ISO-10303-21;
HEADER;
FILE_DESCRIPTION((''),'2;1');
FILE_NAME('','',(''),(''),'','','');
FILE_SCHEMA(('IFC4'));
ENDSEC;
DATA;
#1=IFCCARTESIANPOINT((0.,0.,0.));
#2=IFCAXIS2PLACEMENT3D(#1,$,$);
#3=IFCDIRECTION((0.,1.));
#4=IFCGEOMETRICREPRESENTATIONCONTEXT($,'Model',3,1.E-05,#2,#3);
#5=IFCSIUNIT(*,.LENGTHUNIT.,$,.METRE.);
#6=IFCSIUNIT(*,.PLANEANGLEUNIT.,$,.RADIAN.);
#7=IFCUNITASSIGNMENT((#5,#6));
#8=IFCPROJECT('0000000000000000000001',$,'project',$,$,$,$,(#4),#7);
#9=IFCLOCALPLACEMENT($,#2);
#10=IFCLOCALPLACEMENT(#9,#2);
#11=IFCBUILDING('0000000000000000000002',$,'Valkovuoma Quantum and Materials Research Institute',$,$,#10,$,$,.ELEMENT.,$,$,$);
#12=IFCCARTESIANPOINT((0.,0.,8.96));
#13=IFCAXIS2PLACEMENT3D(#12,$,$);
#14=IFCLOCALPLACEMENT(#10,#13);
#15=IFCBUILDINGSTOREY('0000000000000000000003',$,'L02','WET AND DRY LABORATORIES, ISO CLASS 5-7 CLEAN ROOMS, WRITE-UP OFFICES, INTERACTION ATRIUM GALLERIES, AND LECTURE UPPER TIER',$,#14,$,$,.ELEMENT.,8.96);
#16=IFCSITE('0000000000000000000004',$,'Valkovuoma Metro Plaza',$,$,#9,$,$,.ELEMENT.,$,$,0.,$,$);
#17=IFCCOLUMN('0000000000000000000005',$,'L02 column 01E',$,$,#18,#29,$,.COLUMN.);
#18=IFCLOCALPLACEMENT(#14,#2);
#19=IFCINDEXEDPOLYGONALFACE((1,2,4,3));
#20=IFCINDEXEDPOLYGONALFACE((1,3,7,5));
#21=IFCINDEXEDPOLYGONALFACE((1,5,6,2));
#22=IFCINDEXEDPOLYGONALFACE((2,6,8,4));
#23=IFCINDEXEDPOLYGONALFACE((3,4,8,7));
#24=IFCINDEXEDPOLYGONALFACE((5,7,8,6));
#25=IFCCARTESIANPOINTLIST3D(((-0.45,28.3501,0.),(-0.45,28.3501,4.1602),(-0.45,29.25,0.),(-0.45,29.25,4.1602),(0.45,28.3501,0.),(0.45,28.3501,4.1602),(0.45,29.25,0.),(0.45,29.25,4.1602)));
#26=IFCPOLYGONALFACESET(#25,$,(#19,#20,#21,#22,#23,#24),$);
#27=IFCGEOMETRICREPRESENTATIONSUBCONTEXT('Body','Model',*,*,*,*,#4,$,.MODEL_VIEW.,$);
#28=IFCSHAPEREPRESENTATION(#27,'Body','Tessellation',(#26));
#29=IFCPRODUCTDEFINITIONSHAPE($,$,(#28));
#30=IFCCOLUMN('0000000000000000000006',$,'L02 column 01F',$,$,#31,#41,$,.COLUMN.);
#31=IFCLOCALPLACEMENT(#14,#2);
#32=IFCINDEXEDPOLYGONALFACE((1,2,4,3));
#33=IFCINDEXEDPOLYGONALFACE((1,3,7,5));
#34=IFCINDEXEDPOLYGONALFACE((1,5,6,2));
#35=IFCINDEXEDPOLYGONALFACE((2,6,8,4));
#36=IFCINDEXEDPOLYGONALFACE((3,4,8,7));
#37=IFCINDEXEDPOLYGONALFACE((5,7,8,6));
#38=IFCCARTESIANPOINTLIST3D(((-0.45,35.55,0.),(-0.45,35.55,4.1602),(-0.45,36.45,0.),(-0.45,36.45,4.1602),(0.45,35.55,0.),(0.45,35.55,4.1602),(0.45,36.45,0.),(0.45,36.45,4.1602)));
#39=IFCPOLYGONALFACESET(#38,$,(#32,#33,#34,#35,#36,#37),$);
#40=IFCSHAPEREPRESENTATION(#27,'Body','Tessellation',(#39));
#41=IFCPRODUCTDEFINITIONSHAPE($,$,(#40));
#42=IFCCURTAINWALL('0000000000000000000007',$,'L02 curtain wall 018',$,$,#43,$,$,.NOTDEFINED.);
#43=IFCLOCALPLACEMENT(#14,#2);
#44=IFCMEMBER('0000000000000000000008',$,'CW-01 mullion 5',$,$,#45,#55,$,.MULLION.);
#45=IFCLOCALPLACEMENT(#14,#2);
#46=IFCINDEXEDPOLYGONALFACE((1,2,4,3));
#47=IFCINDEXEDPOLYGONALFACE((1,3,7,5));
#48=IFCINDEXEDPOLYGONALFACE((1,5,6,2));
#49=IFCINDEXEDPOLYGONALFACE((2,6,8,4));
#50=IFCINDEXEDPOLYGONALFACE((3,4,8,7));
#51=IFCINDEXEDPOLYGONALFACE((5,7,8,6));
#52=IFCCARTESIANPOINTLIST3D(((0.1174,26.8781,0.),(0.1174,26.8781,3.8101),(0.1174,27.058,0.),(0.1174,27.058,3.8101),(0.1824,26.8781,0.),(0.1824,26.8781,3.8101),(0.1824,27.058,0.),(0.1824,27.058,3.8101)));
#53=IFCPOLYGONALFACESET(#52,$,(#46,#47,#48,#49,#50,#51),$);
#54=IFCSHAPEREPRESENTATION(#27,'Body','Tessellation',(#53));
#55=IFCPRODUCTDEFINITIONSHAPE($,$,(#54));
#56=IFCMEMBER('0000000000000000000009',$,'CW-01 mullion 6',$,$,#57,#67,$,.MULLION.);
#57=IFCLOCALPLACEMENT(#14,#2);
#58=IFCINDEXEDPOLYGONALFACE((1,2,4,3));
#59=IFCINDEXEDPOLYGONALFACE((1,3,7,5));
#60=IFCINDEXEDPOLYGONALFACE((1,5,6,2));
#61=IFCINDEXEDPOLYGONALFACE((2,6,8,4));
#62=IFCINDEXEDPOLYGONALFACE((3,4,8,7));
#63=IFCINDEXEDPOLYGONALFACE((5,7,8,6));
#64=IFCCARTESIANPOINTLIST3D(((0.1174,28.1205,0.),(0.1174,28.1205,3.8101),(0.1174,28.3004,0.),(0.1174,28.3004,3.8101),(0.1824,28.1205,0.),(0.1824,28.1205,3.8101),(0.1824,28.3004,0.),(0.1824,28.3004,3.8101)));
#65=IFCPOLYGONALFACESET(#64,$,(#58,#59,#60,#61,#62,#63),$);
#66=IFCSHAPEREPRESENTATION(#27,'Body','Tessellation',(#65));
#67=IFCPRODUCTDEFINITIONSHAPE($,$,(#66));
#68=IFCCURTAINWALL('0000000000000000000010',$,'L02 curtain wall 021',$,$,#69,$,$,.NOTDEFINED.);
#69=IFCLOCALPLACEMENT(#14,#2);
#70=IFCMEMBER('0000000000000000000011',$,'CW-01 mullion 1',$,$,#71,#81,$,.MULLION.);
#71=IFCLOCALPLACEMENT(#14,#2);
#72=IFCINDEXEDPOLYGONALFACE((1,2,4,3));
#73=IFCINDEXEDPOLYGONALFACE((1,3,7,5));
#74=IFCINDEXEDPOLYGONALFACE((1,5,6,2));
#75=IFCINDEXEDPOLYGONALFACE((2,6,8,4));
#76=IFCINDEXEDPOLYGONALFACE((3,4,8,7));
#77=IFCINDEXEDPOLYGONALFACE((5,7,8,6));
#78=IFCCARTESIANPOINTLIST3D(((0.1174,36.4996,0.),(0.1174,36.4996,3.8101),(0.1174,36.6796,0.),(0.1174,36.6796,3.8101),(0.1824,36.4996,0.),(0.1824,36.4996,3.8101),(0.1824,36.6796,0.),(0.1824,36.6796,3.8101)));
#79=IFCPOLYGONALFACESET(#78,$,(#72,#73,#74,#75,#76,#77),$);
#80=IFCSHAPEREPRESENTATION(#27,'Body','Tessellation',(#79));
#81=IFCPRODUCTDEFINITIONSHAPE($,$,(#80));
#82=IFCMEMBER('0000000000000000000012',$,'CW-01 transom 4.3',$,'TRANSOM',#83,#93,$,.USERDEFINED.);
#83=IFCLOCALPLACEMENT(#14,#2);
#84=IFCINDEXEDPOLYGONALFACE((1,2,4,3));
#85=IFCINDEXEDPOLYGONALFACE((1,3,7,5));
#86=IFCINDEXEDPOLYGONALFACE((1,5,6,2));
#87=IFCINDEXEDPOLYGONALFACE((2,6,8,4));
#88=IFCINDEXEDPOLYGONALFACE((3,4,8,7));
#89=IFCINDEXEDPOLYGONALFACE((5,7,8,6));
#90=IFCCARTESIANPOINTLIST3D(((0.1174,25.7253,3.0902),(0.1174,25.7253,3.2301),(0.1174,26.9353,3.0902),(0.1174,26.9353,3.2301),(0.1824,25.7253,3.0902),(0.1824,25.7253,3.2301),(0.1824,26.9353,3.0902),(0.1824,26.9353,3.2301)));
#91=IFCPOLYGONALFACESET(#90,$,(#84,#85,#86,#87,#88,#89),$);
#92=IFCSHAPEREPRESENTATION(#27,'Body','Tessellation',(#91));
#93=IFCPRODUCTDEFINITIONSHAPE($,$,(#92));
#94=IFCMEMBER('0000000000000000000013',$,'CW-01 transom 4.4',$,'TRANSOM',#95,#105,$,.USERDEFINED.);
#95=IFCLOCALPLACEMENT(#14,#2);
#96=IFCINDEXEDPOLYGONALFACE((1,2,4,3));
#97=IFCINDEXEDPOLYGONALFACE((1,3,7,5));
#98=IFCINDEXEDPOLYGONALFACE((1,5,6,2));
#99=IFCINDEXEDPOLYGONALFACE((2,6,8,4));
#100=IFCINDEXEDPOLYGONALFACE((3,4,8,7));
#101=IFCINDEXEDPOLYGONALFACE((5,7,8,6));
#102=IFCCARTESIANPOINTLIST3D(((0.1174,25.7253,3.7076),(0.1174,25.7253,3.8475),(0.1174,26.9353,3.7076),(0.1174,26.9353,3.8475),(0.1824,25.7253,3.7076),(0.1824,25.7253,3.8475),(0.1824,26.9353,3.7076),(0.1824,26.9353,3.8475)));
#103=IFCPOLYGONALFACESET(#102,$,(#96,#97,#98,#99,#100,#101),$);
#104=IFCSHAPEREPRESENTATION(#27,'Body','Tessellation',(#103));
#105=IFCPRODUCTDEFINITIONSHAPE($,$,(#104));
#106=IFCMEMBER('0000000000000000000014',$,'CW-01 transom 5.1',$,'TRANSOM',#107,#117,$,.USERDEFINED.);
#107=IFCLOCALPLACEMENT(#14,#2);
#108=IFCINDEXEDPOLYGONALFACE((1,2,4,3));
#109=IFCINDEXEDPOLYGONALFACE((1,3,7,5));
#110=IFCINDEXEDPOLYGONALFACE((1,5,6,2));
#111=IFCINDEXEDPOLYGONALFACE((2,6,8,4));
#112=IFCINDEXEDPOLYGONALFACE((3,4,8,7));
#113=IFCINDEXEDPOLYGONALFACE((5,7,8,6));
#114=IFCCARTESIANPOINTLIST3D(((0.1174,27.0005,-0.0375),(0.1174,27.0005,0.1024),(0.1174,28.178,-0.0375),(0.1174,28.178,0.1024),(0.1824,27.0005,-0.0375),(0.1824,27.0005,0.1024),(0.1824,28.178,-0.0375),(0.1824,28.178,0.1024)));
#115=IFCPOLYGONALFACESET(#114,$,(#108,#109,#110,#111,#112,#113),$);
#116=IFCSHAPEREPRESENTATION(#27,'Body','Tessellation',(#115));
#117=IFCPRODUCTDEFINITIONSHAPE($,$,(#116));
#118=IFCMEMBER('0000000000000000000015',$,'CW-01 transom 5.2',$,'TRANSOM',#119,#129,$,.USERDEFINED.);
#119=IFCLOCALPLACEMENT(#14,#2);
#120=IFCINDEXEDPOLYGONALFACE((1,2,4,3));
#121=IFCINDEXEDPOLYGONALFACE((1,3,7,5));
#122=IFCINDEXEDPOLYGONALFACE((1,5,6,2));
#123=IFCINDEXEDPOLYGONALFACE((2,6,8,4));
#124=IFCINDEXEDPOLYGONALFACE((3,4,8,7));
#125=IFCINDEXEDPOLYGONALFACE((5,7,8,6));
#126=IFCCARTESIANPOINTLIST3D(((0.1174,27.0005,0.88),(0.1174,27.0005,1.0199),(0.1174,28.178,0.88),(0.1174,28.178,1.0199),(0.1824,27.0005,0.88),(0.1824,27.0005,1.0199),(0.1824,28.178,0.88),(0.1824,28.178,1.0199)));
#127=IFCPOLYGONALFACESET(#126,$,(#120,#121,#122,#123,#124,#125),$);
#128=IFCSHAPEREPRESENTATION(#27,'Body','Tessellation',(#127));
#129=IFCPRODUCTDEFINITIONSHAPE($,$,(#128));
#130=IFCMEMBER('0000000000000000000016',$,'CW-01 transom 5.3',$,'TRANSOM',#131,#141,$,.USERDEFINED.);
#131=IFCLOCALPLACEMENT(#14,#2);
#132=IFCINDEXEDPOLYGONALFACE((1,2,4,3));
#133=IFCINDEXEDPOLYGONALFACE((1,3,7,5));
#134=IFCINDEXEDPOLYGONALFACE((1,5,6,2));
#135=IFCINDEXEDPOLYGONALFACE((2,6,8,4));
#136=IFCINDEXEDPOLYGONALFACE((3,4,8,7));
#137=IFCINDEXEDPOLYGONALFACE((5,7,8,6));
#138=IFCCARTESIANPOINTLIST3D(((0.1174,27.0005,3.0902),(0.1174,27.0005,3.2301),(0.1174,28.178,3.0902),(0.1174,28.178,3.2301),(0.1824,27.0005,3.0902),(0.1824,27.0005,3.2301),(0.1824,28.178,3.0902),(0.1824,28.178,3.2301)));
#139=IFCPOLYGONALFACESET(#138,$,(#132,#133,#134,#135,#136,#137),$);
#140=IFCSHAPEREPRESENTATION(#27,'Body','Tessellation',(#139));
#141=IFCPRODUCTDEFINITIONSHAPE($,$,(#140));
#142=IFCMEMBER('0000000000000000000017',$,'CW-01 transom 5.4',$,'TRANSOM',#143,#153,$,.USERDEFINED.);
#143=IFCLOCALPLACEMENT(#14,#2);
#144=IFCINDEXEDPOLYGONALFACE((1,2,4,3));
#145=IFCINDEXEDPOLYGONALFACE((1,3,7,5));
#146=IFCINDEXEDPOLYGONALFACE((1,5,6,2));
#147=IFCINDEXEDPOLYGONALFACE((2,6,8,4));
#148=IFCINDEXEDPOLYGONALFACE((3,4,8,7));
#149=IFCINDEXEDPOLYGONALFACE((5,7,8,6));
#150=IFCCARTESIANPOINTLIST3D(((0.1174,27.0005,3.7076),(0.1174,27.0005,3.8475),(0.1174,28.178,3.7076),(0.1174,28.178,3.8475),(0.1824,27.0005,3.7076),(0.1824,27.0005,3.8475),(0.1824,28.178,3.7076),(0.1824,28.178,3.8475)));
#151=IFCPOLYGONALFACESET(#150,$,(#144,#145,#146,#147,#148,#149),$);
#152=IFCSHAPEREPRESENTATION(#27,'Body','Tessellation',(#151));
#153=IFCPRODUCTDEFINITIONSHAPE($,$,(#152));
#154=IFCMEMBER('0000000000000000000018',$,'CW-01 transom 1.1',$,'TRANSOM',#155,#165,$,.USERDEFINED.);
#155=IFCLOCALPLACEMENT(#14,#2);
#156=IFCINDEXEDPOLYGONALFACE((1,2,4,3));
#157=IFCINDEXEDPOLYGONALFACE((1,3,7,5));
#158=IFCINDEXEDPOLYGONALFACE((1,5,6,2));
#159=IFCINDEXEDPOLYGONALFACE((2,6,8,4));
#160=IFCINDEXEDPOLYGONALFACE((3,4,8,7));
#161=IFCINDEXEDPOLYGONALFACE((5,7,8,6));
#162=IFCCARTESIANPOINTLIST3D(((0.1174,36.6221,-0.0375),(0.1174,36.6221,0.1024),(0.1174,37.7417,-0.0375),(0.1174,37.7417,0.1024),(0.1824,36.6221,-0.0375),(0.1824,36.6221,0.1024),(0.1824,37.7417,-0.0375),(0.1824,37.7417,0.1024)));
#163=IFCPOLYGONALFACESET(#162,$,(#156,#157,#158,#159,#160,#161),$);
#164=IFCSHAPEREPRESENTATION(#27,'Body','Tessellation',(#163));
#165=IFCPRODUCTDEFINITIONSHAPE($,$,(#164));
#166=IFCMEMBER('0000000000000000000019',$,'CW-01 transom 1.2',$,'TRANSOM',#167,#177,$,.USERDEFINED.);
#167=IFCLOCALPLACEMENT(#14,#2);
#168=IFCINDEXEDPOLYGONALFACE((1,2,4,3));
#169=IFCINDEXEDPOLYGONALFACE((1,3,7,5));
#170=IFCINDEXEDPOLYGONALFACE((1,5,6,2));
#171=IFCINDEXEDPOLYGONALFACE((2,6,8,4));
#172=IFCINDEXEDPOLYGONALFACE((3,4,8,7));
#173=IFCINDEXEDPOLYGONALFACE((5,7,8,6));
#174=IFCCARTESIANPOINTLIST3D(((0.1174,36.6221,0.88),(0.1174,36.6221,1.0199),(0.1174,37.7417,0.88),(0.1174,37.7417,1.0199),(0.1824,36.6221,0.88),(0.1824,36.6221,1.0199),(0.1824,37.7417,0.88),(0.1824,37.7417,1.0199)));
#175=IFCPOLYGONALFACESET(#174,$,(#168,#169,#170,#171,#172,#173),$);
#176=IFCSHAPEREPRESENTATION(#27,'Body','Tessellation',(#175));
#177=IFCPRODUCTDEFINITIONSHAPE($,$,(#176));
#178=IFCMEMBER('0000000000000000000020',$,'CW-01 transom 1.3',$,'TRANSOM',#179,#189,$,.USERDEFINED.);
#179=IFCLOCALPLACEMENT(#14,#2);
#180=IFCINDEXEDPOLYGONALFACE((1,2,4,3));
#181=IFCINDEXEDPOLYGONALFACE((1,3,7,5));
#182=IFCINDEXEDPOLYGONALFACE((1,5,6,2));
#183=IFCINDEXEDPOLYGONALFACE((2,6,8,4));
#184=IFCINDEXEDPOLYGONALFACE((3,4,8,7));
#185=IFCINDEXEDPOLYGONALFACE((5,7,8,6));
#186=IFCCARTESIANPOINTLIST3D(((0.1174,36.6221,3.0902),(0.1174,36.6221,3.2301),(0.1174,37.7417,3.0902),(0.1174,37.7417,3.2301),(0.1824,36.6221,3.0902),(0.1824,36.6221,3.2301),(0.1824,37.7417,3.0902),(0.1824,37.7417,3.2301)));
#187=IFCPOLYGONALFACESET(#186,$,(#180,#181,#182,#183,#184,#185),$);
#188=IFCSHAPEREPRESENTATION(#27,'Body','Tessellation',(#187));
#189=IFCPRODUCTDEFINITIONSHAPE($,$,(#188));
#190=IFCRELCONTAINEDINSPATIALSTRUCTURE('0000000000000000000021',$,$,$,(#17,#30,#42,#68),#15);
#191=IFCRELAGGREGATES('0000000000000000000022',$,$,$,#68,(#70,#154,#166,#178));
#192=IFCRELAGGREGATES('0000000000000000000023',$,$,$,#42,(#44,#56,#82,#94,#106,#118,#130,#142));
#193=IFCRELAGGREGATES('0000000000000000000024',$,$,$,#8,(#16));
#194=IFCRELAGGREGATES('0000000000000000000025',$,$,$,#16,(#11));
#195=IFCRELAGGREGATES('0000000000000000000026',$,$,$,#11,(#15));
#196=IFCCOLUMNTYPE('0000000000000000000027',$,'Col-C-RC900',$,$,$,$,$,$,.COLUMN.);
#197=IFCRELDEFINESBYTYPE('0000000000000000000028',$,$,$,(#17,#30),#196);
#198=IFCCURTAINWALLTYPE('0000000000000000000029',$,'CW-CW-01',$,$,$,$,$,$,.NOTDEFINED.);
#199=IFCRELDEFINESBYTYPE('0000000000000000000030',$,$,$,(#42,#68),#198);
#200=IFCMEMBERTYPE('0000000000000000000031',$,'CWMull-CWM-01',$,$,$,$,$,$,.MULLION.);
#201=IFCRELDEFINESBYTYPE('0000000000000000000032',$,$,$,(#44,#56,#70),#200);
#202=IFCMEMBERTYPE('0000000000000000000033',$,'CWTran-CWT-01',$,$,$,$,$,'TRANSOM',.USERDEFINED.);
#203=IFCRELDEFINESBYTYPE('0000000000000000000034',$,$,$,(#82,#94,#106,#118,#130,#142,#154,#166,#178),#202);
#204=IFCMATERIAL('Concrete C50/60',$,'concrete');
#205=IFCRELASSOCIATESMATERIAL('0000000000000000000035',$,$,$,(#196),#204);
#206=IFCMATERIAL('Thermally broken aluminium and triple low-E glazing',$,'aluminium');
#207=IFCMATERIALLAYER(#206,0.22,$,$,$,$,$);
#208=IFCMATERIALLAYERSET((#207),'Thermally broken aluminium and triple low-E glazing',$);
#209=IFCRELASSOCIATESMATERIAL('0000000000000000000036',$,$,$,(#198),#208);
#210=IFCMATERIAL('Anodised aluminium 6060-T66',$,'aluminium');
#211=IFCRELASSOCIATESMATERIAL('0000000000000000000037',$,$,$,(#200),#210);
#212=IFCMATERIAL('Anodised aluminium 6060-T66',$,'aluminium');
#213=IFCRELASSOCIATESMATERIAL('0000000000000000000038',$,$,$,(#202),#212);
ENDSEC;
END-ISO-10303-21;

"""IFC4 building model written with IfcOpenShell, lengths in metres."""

from ifc_helpers import new_model, si_unit, direction, frame, origin, origin_2d, place, context, subcontext, project, spatial, rectangle, extrude, material, layer, layer_set, material_profile, profile_set, type_object, element, aggregate, save


model = new_model("IFC4")

# Units and contexts
model_context = context("Model", 3, precision=1e-05, world=origin(), true_north=direction((0.0, 1.0)))
body_context = subcontext(model_context, "Body", "Model", "MODEL_VIEW")
ifc_project = project(units=[si_unit("LENGTHUNIT", "METRE"), si_unit("PLANEANGLEUNIT", "RADIAN")], contexts=[model_context])

# Site, building, storey
site_placement = place(None, origin())
site = spatial("IfcSite", under=ifc_project, at=site_placement, Name="Valkovuoma Metro Plaza", CompositionType="ELEMENT", RefElevation=0.0)
building_placement = place(site_placement, origin())
building = spatial("IfcBuilding", under=site, at=building_placement, Name="Valkovuoma Quantum and Materials Research Institute", CompositionType="ELEMENT")
storey_placement = place(building_placement, frame((0.0, 0.0, 8.96)))
storey = spatial("IfcBuildingStorey", under=building, at=storey_placement, Name="L02", Description="WET AND DRY LABORATORIES, ISO CLASS 5-7 CLEAN ROOMS, WRITE-UP OFFICES, INTERACTION ATRIUM GALLERIES, AND LECTURE UPPER TIER", CompositionType="ELEMENT", Elevation=8.96)

# Columns
ifc_material_1 = material(Name="Concrete C50/60", Category="concrete")
ifc_material_profile_1 = material_profile(ifc_material_1, rectangle(XDim=0.8999, YDim=0.8999, at=origin_2d()), Name="Concrete C50/60")
ifc_profile_set_1 = profile_set([ifc_material_profile_1], Name="Concrete C50/60")
column_type = type_object("IfcColumnType", Name="Col-C-RC900", PredefinedType="COLUMN", material=ifc_profile_set_1)
for number, where, z_axis, x_axis, name in (
    (1, (0.0, 28.8, 0.0), (0.0, 0.0, 1.0), (1.0, 0.0, 0.0), "L02 column 01E"),
    (2, (0.0, 36.0, 0.0), (0.0, 0.0, 1.0), (1.0, 0.0, 0.0), "L02 column 01F"),
):
    element("IfcColumn", number, at=place(storey_placement, frame(where, z_axis=z_axis, x_axis=x_axis)), inside=storey, type_object=column_type, Name=name, PredefinedType="COLUMN", context=body_context, shape_type="SweptSolid", body=[
        extrude(rectangle(XDim=0.8999, YDim=0.8999, at=origin_2d()), origin(), (0.0, 0.0, 1.0), 4.1602),
    ])

# Curtain wall, members
ifc_material_2 = material(Name="Thermally broken aluminium and triple low-E glazing", Category="aluminium")
ifc_layer_1 = layer(ifc_material_2, 0.22)
ifc_layer_set_1 = layer_set([ifc_layer_1], Name="Thermally broken aluminium and triple low-E glazing")
curtain_wall_type = type_object("IfcCurtainWallType", Name="CW-CW-01", PredefinedType="NOTDEFINED", material=ifc_layer_set_1)
curtain_wall_1_placement = place(storey_placement, origin())
curtain_wall_1 = element("IfcCurtainWall", 3, at=curtain_wall_1_placement, inside=storey, type_object=curtain_wall_type, Name="L02 curtain wall 018", PredefinedType="NOTDEFINED")
ifc_material_3 = material(Name="Anodised aluminium 6060-T66", Category="aluminium")
ifc_material_profile_2 = material_profile(ifc_material_3, rectangle(XDim=0.0649, YDim=0.1799, at=origin_2d()), Name="Anodised aluminium 6060-T66")
ifc_profile_set_2 = profile_set([ifc_material_profile_2], Name="Anodised aluminium 6060-T66")
member_type_1 = type_object("IfcMemberType", Name="CWMull-CWM-01", PredefinedType="MULLION", material=ifc_profile_set_2)
member_1_placement = place(storey_placement, frame((0.1499, 26.968, 0.0), z_axis=(0.0, 0.0, 1.0), x_axis=(-1.0, 0.0, 0.0)))
member_1 = element("IfcMember", 4, at=member_1_placement, type_object=member_type_1, Name="CW-01 mullion 5", PredefinedType="MULLION", context=body_context, shape_type="SweptSolid", body=[
    extrude(rectangle(XDim=0.0649, YDim=0.1799, at=origin_2d()), origin(), (0.0, 0.0, 1.0), 3.8101),
])
member_2_placement = place(storey_placement, frame((0.1499, 28.2104, 0.0), z_axis=(0.0, 0.0, 1.0), x_axis=(-1.0, 0.0, 0.0)))
member_2 = element("IfcMember", 5, at=member_2_placement, type_object=member_type_1, Name="CW-01 mullion 6", PredefinedType="MULLION", context=body_context, shape_type="SweptSolid", body=[
    extrude(rectangle(XDim=0.0649, YDim=0.1799, at=origin_2d()), origin(), (0.0, 0.0, 1.0), 3.8101),
])

# Curtain wall, member
curtain_wall_2_placement = place(storey_placement, origin())
curtain_wall_2 = element("IfcCurtainWall", 6, at=curtain_wall_2_placement, inside=storey, type_object=curtain_wall_type, Name="L02 curtain wall 021", PredefinedType="NOTDEFINED")
member_3_placement = place(storey_placement, frame((0.1499, 36.5896, 0.0), z_axis=(0.0, 0.0, 1.0), x_axis=(-1.0, 0.0, 0.0)))
member_3 = element("IfcMember", 7, at=member_3_placement, type_object=member_type_1, Name="CW-01 mullion 1", PredefinedType="MULLION", context=body_context, shape_type="SweptSolid", body=[
    extrude(rectangle(XDim=0.0649, YDim=0.1799, at=origin_2d()), origin(), (0.0, 0.0, 1.0), 3.8101),
])

# Members
ifc_material_4 = material(Name="Anodised aluminium 6060-T66", Category="aluminium")
ifc_material_profile_3 = material_profile(ifc_material_4, rectangle(XDim=0.0649, YDim=0.1399, at=origin_2d()), Name="Anodised aluminium 6060-T66")
ifc_profile_set_3 = profile_set([ifc_material_profile_3], Name="Anodised aluminium 6060-T66")
member_type_2 = type_object("IfcMemberType", Name="CWTran-CWT-01", ElementType="TRANSOM", PredefinedType="USERDEFINED", material=ifc_profile_set_3)
member_4_placement = place(storey_placement, frame((0.1499, 25.7253, 3.1602), z_axis=(0.0, 1.0, 0.0), x_axis=(-1.0, 0.0, 0.0)))
member_4 = element("IfcMember", 8, at=member_4_placement, type_object=member_type_2, Name="CW-01 transom 4.3", ObjectType="TRANSOM", PredefinedType="USERDEFINED", context=body_context, shape_type="SweptSolid", body=[
    extrude(rectangle(XDim=0.0649, YDim=0.1399, at=origin_2d()), origin(), (0.0, 0.0, 1.0), 1.21),
])
member_5_placement = place(storey_placement, frame((0.1499, 25.7253, 3.7776), z_axis=(0.0, 1.0, 0.0), x_axis=(-1.0, 0.0, 0.0)))
member_5 = element("IfcMember", 9, at=member_5_placement, type_object=member_type_2, Name="CW-01 transom 4.4", ObjectType="TRANSOM", PredefinedType="USERDEFINED", context=body_context, shape_type="SweptSolid", body=[
    extrude(rectangle(XDim=0.0649, YDim=0.1399, at=origin_2d()), origin(), (0.0, 0.0, 1.0), 1.21),
])
member_6_placement = place(storey_placement, frame((0.1499, 27.0005, 0.0325), z_axis=(0.0, 1.0, 0.0), x_axis=(-1.0, 0.0, 0.0)))
member_6 = element("IfcMember", 10, at=member_6_placement, type_object=member_type_2, Name="CW-01 transom 5.1", ObjectType="TRANSOM", PredefinedType="USERDEFINED", context=body_context, shape_type="SweptSolid", body=[
    extrude(rectangle(XDim=0.0649, YDim=0.1399, at=origin_2d()), origin(), (0.0, 0.0, 1.0), 1.1775),
])
member_7_placement = place(storey_placement, frame((0.1499, 27.0005, 0.95), z_axis=(0.0, 1.0, 0.0), x_axis=(-1.0, 0.0, 0.0)))
member_7 = element("IfcMember", 11, at=member_7_placement, type_object=member_type_2, Name="CW-01 transom 5.2", ObjectType="TRANSOM", PredefinedType="USERDEFINED", context=body_context, shape_type="SweptSolid", body=[
    extrude(rectangle(XDim=0.0649, YDim=0.1399, at=origin_2d()), origin(), (0.0, 0.0, 1.0), 1.1775),
])
member_8_placement = place(storey_placement, frame((0.1499, 27.0005, 3.1602), z_axis=(0.0, 1.0, 0.0), x_axis=(-1.0, 0.0, 0.0)))
member_8 = element("IfcMember", 12, at=member_8_placement, type_object=member_type_2, Name="CW-01 transom 5.3", ObjectType="TRANSOM", PredefinedType="USERDEFINED", context=body_context, shape_type="SweptSolid", body=[
    extrude(rectangle(XDim=0.0649, YDim=0.1399, at=origin_2d()), origin(), (0.0, 0.0, 1.0), 1.1775),
])
member_9_placement = place(storey_placement, frame((0.1499, 27.0005, 3.7776), z_axis=(0.0, 1.0, 0.0), x_axis=(-1.0, 0.0, 0.0)))
member_9 = element("IfcMember", 13, at=member_9_placement, type_object=member_type_2, Name="CW-01 transom 5.4", ObjectType="TRANSOM", PredefinedType="USERDEFINED", context=body_context, shape_type="SweptSolid", body=[
    extrude(rectangle(XDim=0.0649, YDim=0.1399, at=origin_2d()), origin(), (0.0, 0.0, 1.0), 1.1775),
])
member_10_placement = place(storey_placement, frame((0.1499, 36.6221, 0.0325), z_axis=(0.0, 1.0, 0.0), x_axis=(-1.0, 0.0, 0.0)))
member_10 = element("IfcMember", 14, at=member_10_placement, type_object=member_type_2, Name="CW-01 transom 1.1", ObjectType="TRANSOM", PredefinedType="USERDEFINED", context=body_context, shape_type="SweptSolid", body=[
    extrude(rectangle(XDim=0.0649, YDim=0.1399, at=origin_2d()), origin(), (0.0, 0.0, 1.0), 1.1196),
])
member_11_placement = place(storey_placement, frame((0.1499, 36.6221, 0.95), z_axis=(0.0, 1.0, 0.0), x_axis=(-1.0, 0.0, 0.0)))
member_11 = element("IfcMember", 15, at=member_11_placement, type_object=member_type_2, Name="CW-01 transom 1.2", ObjectType="TRANSOM", PredefinedType="USERDEFINED", context=body_context, shape_type="SweptSolid", body=[
    extrude(rectangle(XDim=0.0649, YDim=0.1399, at=origin_2d()), origin(), (0.0, 0.0, 1.0), 1.1196),
])
member_12_placement = place(storey_placement, frame((0.1499, 36.6221, 3.1602), z_axis=(0.0, 1.0, 0.0), x_axis=(-1.0, 0.0, 0.0)))
member_12 = element("IfcMember", 16, at=member_12_placement, type_object=member_type_2, Name="CW-01 transom 1.3", ObjectType="TRANSOM", PredefinedType="USERDEFINED", context=body_context, shape_type="SweptSolid", body=[
    extrude(rectangle(XDim=0.0649, YDim=0.1399, at=origin_2d()), origin(), (0.0, 0.0, 1.0), 1.1196),
])
aggregate(curtain_wall_2, [member_3, member_10, member_11, member_12])

aggregate(curtain_wall_1, [member_1, member_2, member_4, member_5, member_6, member_7, member_8, member_9])

save(model, "model.ifc")
